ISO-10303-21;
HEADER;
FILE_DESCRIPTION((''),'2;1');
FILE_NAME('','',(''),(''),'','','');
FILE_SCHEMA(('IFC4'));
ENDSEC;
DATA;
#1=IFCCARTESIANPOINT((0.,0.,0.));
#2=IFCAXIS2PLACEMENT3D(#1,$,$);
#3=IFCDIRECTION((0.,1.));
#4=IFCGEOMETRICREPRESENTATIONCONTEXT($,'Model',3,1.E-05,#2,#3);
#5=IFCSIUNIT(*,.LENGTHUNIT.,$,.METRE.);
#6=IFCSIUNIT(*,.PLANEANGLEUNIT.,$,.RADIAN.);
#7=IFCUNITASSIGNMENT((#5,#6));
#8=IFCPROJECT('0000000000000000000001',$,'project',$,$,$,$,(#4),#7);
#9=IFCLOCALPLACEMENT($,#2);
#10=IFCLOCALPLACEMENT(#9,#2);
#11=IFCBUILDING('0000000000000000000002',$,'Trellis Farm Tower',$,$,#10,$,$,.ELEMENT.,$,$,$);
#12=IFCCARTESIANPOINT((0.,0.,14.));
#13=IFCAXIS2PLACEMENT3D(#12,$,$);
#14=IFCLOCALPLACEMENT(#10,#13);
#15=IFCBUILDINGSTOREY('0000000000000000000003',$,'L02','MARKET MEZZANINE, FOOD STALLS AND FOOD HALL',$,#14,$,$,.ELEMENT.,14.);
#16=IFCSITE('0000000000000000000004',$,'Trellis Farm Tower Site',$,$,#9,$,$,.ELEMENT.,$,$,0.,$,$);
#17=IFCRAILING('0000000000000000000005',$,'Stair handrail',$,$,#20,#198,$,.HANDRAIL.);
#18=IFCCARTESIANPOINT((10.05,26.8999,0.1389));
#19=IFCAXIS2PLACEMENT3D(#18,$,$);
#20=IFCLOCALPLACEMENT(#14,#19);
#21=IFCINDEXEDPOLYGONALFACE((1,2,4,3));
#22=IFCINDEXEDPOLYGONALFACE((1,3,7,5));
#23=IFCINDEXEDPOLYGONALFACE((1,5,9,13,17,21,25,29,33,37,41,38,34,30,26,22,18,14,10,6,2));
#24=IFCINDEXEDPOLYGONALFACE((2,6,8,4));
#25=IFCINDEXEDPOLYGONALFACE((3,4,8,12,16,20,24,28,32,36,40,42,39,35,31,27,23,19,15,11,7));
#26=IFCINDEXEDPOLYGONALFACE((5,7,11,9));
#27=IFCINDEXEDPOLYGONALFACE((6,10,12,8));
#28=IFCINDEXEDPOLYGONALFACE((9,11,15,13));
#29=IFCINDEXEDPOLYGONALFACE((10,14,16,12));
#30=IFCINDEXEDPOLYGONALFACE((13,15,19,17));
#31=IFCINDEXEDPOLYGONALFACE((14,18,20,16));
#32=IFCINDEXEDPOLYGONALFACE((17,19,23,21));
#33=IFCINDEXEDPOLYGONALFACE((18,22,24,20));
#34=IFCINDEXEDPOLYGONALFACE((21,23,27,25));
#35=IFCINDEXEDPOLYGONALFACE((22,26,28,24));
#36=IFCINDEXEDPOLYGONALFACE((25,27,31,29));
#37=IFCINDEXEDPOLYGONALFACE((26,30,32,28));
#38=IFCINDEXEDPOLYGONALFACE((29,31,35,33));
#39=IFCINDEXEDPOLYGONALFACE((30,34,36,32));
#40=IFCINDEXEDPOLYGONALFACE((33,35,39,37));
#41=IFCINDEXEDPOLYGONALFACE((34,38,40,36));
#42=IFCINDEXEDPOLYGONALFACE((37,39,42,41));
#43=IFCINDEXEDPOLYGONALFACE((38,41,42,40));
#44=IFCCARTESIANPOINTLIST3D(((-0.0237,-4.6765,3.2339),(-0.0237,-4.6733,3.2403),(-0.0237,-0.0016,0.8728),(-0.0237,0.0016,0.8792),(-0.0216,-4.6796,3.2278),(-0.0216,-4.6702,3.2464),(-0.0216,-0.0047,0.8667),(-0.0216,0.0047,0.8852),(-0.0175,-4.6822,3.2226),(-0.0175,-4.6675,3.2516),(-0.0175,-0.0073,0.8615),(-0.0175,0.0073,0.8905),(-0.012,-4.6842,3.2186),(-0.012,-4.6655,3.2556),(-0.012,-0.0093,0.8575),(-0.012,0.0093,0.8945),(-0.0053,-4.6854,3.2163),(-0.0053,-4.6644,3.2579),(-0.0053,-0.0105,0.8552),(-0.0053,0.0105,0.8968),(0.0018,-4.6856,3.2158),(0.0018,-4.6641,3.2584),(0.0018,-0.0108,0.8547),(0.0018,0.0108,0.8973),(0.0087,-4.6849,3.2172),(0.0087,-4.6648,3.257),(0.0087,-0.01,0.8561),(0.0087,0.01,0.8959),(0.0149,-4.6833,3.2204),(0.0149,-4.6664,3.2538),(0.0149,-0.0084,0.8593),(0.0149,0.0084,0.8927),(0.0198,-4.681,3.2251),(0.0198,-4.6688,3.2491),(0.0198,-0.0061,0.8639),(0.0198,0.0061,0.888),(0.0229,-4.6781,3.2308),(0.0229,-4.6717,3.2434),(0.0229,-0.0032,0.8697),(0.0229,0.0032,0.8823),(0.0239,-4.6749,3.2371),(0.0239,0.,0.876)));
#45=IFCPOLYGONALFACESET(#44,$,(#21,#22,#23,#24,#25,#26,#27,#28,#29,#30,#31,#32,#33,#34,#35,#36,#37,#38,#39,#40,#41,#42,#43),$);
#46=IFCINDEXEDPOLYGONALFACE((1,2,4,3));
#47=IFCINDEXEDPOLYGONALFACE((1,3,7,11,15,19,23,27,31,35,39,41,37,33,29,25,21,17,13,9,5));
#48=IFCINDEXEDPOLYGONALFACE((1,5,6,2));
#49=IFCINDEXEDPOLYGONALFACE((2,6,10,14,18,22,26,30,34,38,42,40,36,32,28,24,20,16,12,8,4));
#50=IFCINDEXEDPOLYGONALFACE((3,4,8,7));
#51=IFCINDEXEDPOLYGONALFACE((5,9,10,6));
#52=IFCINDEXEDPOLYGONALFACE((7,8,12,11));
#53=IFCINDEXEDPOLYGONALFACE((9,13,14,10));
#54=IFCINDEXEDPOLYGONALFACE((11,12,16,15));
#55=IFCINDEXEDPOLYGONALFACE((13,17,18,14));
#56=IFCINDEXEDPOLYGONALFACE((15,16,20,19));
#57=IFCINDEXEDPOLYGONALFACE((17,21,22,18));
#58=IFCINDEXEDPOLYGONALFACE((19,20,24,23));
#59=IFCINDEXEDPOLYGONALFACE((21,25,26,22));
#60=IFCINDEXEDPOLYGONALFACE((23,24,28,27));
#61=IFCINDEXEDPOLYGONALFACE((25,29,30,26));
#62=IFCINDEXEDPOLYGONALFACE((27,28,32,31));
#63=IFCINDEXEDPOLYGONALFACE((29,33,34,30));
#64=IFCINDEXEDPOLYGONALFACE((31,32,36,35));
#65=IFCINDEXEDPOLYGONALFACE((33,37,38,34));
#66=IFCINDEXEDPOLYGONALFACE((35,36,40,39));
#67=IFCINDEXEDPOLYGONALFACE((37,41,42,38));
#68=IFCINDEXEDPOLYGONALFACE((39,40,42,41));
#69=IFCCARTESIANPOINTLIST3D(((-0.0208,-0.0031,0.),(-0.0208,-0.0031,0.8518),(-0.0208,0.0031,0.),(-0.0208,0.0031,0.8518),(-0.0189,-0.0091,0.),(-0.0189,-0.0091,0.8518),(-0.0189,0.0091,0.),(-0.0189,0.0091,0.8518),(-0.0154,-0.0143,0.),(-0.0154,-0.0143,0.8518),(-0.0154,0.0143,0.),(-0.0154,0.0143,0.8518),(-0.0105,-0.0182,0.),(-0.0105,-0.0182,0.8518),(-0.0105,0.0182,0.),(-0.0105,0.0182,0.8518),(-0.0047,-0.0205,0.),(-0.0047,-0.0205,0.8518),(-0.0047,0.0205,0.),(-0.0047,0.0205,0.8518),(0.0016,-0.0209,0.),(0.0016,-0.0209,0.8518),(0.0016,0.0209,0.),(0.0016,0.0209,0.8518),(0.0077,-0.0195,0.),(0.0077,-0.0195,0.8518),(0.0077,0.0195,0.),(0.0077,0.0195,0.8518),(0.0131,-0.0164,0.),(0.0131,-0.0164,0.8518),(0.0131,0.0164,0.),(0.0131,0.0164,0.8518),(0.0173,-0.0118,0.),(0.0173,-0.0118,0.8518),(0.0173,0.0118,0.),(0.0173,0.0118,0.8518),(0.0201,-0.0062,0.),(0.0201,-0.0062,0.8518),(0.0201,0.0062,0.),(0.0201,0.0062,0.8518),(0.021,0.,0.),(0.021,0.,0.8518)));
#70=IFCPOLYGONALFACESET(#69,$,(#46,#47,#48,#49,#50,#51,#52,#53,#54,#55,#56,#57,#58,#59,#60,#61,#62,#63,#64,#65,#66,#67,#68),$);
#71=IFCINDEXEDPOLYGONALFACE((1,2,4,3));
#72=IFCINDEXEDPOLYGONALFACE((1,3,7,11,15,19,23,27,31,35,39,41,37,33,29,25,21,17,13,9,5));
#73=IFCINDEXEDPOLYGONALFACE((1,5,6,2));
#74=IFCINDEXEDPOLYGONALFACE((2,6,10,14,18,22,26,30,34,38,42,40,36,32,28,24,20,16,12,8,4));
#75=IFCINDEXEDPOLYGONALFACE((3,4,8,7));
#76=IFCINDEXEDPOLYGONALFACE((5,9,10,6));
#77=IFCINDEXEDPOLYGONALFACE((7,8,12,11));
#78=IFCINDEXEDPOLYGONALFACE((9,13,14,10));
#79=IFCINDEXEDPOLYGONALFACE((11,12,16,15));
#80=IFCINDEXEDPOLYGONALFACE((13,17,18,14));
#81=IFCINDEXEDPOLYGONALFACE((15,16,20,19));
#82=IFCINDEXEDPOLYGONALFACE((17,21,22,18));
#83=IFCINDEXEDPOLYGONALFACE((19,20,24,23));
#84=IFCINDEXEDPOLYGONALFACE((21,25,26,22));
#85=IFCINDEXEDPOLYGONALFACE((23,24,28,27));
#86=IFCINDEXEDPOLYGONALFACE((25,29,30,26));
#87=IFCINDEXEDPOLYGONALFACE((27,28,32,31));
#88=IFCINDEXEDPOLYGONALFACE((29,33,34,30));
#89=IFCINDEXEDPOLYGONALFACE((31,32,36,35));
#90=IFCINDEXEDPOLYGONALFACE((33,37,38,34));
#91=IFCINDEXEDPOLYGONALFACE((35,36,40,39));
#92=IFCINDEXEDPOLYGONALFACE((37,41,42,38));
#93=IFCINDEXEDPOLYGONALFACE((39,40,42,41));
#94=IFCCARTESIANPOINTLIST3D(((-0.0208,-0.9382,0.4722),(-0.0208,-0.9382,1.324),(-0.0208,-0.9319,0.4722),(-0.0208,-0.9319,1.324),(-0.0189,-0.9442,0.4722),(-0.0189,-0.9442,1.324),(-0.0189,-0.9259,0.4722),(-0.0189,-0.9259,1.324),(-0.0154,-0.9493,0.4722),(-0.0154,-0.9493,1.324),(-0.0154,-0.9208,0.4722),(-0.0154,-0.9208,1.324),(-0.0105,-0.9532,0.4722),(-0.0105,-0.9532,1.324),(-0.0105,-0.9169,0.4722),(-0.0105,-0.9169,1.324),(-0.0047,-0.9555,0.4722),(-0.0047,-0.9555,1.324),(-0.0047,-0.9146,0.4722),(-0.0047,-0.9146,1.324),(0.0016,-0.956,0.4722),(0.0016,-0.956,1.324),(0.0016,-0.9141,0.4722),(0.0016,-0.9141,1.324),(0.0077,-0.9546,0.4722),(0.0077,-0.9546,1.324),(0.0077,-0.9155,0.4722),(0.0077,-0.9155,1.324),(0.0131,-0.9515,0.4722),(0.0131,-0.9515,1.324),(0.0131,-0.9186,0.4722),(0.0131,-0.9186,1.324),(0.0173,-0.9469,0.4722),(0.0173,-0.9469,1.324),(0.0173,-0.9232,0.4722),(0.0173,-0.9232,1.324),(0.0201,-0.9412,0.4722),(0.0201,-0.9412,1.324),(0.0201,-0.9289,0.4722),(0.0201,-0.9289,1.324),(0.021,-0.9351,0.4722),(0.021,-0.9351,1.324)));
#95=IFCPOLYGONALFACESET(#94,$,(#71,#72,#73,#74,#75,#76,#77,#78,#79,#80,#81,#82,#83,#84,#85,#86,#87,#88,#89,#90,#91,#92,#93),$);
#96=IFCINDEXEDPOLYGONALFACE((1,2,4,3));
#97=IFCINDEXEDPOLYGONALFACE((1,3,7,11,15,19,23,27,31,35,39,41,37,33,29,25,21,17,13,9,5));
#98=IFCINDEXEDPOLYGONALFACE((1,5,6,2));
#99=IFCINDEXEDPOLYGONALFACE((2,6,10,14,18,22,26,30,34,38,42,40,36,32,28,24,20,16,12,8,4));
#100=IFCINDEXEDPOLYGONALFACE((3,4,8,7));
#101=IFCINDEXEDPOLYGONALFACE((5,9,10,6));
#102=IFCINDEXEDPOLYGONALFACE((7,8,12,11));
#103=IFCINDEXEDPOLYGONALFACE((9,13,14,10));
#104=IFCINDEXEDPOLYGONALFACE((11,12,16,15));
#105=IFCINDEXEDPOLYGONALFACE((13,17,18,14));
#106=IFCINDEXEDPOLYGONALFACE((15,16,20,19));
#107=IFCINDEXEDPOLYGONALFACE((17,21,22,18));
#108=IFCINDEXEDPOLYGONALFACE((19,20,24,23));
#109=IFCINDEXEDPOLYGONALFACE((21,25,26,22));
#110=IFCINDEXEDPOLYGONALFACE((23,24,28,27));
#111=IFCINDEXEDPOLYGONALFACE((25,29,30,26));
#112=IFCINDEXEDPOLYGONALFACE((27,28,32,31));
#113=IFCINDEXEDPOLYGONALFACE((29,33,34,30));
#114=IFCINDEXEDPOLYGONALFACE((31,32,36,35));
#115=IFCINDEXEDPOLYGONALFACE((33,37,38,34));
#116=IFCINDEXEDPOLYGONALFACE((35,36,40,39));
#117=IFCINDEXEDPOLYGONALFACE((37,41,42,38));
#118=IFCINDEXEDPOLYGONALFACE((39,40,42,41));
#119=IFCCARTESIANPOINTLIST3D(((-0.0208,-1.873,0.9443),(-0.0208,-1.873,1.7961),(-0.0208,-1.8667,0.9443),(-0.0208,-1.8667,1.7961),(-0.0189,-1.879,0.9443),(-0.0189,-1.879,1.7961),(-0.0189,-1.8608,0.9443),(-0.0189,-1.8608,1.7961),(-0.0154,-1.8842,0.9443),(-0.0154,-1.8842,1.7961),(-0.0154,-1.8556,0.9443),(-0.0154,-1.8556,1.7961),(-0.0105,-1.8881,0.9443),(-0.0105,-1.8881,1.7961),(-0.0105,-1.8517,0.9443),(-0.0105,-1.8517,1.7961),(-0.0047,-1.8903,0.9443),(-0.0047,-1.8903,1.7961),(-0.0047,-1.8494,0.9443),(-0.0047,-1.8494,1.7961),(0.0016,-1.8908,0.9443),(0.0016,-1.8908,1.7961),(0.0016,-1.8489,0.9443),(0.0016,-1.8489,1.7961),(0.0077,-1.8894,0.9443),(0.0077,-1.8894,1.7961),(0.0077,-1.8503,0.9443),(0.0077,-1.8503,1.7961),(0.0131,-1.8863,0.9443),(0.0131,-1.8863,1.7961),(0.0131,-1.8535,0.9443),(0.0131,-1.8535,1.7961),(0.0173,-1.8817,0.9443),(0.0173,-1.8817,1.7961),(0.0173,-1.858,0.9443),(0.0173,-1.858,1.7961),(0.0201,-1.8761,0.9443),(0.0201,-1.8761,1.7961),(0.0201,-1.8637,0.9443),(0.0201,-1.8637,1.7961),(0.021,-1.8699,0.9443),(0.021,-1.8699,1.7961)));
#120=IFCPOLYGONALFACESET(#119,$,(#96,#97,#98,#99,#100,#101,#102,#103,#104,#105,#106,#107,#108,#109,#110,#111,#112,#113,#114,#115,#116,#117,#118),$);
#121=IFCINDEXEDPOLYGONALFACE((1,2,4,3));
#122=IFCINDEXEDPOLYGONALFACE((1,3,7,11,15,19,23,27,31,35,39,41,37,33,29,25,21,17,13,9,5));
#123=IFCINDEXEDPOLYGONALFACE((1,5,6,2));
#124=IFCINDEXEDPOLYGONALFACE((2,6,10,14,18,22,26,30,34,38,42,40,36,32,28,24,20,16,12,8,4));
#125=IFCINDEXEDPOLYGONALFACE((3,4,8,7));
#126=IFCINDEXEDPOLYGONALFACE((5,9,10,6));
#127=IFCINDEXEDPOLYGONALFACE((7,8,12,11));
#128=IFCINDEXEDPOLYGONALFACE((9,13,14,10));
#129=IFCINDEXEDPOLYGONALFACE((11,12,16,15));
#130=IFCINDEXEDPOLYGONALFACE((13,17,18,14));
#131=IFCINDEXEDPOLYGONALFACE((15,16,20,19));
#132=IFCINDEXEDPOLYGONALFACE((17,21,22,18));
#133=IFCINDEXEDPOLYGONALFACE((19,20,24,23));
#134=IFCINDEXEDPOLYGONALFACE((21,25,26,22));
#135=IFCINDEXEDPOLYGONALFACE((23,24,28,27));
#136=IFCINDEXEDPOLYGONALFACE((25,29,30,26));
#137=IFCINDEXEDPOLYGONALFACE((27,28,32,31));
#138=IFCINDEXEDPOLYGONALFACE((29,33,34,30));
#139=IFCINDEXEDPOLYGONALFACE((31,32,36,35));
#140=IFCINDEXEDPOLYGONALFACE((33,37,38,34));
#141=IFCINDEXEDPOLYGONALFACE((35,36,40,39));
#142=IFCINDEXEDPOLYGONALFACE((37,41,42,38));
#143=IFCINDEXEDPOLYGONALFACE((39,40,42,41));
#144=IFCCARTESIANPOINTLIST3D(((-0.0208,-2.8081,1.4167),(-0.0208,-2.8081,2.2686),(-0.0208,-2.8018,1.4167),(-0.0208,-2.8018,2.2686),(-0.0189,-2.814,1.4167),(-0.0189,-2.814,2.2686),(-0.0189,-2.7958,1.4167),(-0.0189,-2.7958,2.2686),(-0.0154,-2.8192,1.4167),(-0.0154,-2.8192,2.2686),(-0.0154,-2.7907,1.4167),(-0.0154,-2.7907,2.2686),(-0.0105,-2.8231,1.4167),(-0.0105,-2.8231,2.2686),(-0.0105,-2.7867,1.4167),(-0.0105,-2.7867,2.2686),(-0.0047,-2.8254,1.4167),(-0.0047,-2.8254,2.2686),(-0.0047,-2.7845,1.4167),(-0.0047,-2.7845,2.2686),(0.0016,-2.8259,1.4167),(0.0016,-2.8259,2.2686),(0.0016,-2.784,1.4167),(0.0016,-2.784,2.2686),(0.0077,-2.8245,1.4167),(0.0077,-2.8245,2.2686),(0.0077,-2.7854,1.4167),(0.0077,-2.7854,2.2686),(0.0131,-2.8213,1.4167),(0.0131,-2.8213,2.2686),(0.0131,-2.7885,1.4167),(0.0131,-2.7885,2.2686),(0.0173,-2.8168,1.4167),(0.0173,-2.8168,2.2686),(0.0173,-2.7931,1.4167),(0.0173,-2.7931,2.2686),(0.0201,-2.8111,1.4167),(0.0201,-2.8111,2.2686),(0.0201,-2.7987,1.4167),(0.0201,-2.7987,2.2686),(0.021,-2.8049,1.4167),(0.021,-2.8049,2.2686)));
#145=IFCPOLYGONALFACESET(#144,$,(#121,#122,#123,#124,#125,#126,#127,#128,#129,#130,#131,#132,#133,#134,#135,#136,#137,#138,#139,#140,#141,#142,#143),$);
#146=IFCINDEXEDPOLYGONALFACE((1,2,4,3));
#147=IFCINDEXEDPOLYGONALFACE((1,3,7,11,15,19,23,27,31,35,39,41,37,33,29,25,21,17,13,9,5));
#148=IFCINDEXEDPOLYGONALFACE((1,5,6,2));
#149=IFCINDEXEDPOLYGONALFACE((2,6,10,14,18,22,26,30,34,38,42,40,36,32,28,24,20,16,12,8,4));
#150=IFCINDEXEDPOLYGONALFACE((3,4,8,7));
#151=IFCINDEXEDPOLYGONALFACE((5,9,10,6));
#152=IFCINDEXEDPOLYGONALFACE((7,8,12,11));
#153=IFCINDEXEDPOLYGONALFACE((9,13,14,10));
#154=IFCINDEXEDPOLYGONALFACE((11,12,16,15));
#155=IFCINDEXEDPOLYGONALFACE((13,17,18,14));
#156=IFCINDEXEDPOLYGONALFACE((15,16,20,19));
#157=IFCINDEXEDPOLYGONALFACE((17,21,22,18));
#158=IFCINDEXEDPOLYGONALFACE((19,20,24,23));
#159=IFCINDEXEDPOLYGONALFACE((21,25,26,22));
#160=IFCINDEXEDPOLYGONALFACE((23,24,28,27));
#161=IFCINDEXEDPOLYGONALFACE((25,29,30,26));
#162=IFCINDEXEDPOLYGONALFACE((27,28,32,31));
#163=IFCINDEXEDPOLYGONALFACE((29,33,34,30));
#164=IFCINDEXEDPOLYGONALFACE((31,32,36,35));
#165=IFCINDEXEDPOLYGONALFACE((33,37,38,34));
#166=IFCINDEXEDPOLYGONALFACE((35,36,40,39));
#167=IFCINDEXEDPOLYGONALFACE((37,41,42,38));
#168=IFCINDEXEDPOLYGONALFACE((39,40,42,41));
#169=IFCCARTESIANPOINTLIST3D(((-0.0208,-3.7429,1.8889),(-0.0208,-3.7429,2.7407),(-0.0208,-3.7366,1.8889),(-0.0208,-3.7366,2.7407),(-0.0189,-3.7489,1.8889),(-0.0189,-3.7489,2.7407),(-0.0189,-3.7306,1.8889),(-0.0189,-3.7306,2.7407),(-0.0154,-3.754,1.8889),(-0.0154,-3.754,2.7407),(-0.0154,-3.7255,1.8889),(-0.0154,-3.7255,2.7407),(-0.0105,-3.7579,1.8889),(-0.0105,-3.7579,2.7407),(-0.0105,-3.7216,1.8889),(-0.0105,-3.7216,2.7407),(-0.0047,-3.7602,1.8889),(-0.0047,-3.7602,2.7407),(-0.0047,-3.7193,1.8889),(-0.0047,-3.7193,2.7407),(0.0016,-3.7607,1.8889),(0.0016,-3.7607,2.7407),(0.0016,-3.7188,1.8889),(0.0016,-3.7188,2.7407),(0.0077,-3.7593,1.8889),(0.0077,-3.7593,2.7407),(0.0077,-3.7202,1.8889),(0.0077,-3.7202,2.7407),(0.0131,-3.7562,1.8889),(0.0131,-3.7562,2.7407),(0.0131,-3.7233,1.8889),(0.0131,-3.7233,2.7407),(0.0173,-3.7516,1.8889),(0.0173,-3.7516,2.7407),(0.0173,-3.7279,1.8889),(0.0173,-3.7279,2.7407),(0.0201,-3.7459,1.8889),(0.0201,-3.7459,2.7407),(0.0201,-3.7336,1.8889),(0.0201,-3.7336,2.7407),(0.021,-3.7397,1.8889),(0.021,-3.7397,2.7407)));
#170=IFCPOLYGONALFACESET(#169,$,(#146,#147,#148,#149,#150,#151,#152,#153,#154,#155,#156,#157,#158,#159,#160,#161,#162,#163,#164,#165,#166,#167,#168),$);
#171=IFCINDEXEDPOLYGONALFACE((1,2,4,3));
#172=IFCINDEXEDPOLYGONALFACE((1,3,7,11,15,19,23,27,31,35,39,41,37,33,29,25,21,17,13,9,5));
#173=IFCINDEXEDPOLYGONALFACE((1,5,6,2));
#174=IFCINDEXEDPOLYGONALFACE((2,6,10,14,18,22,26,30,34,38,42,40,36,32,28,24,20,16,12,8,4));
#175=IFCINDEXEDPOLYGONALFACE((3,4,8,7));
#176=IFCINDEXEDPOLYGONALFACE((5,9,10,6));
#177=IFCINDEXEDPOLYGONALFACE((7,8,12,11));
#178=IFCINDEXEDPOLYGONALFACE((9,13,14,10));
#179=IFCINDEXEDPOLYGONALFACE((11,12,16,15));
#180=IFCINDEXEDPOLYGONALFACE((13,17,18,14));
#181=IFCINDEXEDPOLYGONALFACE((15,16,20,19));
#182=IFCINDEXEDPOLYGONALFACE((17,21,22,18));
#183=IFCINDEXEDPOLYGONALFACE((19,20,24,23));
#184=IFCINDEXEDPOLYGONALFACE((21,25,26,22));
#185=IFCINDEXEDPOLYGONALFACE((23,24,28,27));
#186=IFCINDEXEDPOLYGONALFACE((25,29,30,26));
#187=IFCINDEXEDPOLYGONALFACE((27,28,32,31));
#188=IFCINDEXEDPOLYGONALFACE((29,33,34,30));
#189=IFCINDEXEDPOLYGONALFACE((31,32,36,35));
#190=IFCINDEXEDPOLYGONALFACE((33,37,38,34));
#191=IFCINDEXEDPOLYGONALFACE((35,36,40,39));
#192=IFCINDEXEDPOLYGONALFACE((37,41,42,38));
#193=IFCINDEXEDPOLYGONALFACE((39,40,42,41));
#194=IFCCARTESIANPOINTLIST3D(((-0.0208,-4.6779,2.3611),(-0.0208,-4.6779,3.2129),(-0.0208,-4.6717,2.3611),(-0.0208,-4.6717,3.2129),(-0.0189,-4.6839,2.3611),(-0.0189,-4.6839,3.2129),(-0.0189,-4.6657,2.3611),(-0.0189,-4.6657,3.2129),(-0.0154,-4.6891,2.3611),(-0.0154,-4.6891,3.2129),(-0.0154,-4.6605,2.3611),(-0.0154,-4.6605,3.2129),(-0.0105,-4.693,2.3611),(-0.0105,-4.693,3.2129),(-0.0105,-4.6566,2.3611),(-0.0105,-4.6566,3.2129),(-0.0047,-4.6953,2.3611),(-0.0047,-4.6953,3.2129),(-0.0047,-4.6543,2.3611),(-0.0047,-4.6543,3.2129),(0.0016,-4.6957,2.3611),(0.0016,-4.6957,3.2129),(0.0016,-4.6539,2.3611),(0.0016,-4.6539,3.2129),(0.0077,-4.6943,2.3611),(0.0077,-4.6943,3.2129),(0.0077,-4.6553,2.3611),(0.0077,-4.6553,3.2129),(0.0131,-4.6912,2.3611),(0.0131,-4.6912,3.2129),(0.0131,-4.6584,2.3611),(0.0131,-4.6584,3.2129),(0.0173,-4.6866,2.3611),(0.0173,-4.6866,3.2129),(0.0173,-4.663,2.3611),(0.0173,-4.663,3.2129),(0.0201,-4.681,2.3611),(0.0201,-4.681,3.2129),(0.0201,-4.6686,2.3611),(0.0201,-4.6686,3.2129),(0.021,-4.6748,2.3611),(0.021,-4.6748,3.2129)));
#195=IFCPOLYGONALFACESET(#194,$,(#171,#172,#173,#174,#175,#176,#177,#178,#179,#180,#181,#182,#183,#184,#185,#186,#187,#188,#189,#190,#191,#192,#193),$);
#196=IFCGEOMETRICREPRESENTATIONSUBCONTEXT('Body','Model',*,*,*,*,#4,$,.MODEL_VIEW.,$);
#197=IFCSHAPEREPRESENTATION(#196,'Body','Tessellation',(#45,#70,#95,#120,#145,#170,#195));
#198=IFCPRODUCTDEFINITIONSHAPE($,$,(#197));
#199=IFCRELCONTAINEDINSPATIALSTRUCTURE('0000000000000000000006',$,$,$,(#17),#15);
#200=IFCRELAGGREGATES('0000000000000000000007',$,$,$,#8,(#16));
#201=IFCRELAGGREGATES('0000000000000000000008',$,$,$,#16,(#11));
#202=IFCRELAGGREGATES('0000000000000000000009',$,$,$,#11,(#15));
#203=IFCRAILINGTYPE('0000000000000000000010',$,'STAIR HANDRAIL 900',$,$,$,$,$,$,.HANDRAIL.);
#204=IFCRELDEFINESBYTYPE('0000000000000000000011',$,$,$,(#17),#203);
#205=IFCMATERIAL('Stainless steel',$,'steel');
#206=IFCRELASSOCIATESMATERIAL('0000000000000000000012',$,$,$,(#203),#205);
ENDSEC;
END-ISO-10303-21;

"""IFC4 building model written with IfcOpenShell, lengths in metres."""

from ifc_helpers import new_model, si_unit, direction, frame, origin, origin_2d, place, context, subcontext, project, spatial, circle, extrude, source, transform, mapped, material, type_object, element, save


model = new_model("IFC4")

# Units and contexts
model_context = context("Model", 3, precision=1e-05, world=origin(), true_north=direction((0.0, 1.0)))
body_context = subcontext(model_context, "Body", "Model", "MODEL_VIEW")
ifc_project = project(units=[si_unit("LENGTHUNIT", "METRE"), si_unit("PLANEANGLEUNIT", "RADIAN")], contexts=[model_context])

# Site, building, storey
site_placement = place(None, origin())
site = spatial("IfcSite", under=ifc_project, at=site_placement, Name="Trellis Farm Tower Site", CompositionType="ELEMENT", RefElevation=0.0)
building_placement = place(site_placement, origin())
building = spatial("IfcBuilding", under=site, at=building_placement, Name="Trellis Farm Tower", CompositionType="ELEMENT")
storey_placement = place(building_placement, frame((0.0, 0.0, 14.0)))
storey = spatial("IfcBuildingStorey", under=building, at=storey_placement, Name="L02", Description="MARKET MEZZANINE, FOOD STALLS AND FOOD HALL", CompositionType="ELEMENT", Elevation=14.0)

# Railing
ifc_material_1 = material(Name="Stainless steel", Category="steel")
railing_type = type_object("IfcRailingType", Name="STAIR HANDRAIL 900", PredefinedType="HANDRAIL", material=ifc_material_1)
shared_shape_1 = source(origin(), body_context, "Body", "SweptSolid", [
    extrude(circle(Radius=0.0239, at=origin_2d()), frame((0.0, 0.0, 0.876), z_axis=(0.0, -0.892611, 0.450827), x_axis=(1.0, 0.0, 0.0)), (0.0, 0.0, 1.0), 5.2373),
    extrude(circle(Radius=0.021, at=origin_2d()), origin(), (0.0, 0.0, 1.0), 0.8518),
    extrude(circle(Radius=0.021, at=origin_2d()), frame((0.0, -0.9351, 0.4722)), (0.0, 0.0, 1.0), 0.8518),
    extrude(circle(Radius=0.021, at=origin_2d()), frame((0.0, -1.8699, 0.9443)), (0.0, 0.0, 1.0), 0.8518),
    extrude(circle(Radius=0.021, at=origin_2d()), frame((0.0, -2.8049, 1.4167)), (0.0, 0.0, 1.0), 0.8518),
    extrude(circle(Radius=0.021, at=origin_2d()), frame((0.0, -3.7397, 1.8889)), (0.0, 0.0, 1.0), 0.8518),
    extrude(circle(Radius=0.021, at=origin_2d()), frame((0.0, -4.6748, 2.3611)), (0.0, 0.0, 1.0), 0.8518),
])
for number, where, name in (
    (1, (10.05, 26.8999, 0.1389), "Stair handrail"),
):
    element("IfcRailing", number, at=place(storey_placement, frame(where)), inside=storey, type_object=railing_type, Name=name, PredefinedType="HANDRAIL", context=body_context, shape_type="MappedRepresentation", body=[
        mapped(shared_shape_1, transform((0.0, 0.0, 0.0))),
    ])

save(model, "model.ifc")
